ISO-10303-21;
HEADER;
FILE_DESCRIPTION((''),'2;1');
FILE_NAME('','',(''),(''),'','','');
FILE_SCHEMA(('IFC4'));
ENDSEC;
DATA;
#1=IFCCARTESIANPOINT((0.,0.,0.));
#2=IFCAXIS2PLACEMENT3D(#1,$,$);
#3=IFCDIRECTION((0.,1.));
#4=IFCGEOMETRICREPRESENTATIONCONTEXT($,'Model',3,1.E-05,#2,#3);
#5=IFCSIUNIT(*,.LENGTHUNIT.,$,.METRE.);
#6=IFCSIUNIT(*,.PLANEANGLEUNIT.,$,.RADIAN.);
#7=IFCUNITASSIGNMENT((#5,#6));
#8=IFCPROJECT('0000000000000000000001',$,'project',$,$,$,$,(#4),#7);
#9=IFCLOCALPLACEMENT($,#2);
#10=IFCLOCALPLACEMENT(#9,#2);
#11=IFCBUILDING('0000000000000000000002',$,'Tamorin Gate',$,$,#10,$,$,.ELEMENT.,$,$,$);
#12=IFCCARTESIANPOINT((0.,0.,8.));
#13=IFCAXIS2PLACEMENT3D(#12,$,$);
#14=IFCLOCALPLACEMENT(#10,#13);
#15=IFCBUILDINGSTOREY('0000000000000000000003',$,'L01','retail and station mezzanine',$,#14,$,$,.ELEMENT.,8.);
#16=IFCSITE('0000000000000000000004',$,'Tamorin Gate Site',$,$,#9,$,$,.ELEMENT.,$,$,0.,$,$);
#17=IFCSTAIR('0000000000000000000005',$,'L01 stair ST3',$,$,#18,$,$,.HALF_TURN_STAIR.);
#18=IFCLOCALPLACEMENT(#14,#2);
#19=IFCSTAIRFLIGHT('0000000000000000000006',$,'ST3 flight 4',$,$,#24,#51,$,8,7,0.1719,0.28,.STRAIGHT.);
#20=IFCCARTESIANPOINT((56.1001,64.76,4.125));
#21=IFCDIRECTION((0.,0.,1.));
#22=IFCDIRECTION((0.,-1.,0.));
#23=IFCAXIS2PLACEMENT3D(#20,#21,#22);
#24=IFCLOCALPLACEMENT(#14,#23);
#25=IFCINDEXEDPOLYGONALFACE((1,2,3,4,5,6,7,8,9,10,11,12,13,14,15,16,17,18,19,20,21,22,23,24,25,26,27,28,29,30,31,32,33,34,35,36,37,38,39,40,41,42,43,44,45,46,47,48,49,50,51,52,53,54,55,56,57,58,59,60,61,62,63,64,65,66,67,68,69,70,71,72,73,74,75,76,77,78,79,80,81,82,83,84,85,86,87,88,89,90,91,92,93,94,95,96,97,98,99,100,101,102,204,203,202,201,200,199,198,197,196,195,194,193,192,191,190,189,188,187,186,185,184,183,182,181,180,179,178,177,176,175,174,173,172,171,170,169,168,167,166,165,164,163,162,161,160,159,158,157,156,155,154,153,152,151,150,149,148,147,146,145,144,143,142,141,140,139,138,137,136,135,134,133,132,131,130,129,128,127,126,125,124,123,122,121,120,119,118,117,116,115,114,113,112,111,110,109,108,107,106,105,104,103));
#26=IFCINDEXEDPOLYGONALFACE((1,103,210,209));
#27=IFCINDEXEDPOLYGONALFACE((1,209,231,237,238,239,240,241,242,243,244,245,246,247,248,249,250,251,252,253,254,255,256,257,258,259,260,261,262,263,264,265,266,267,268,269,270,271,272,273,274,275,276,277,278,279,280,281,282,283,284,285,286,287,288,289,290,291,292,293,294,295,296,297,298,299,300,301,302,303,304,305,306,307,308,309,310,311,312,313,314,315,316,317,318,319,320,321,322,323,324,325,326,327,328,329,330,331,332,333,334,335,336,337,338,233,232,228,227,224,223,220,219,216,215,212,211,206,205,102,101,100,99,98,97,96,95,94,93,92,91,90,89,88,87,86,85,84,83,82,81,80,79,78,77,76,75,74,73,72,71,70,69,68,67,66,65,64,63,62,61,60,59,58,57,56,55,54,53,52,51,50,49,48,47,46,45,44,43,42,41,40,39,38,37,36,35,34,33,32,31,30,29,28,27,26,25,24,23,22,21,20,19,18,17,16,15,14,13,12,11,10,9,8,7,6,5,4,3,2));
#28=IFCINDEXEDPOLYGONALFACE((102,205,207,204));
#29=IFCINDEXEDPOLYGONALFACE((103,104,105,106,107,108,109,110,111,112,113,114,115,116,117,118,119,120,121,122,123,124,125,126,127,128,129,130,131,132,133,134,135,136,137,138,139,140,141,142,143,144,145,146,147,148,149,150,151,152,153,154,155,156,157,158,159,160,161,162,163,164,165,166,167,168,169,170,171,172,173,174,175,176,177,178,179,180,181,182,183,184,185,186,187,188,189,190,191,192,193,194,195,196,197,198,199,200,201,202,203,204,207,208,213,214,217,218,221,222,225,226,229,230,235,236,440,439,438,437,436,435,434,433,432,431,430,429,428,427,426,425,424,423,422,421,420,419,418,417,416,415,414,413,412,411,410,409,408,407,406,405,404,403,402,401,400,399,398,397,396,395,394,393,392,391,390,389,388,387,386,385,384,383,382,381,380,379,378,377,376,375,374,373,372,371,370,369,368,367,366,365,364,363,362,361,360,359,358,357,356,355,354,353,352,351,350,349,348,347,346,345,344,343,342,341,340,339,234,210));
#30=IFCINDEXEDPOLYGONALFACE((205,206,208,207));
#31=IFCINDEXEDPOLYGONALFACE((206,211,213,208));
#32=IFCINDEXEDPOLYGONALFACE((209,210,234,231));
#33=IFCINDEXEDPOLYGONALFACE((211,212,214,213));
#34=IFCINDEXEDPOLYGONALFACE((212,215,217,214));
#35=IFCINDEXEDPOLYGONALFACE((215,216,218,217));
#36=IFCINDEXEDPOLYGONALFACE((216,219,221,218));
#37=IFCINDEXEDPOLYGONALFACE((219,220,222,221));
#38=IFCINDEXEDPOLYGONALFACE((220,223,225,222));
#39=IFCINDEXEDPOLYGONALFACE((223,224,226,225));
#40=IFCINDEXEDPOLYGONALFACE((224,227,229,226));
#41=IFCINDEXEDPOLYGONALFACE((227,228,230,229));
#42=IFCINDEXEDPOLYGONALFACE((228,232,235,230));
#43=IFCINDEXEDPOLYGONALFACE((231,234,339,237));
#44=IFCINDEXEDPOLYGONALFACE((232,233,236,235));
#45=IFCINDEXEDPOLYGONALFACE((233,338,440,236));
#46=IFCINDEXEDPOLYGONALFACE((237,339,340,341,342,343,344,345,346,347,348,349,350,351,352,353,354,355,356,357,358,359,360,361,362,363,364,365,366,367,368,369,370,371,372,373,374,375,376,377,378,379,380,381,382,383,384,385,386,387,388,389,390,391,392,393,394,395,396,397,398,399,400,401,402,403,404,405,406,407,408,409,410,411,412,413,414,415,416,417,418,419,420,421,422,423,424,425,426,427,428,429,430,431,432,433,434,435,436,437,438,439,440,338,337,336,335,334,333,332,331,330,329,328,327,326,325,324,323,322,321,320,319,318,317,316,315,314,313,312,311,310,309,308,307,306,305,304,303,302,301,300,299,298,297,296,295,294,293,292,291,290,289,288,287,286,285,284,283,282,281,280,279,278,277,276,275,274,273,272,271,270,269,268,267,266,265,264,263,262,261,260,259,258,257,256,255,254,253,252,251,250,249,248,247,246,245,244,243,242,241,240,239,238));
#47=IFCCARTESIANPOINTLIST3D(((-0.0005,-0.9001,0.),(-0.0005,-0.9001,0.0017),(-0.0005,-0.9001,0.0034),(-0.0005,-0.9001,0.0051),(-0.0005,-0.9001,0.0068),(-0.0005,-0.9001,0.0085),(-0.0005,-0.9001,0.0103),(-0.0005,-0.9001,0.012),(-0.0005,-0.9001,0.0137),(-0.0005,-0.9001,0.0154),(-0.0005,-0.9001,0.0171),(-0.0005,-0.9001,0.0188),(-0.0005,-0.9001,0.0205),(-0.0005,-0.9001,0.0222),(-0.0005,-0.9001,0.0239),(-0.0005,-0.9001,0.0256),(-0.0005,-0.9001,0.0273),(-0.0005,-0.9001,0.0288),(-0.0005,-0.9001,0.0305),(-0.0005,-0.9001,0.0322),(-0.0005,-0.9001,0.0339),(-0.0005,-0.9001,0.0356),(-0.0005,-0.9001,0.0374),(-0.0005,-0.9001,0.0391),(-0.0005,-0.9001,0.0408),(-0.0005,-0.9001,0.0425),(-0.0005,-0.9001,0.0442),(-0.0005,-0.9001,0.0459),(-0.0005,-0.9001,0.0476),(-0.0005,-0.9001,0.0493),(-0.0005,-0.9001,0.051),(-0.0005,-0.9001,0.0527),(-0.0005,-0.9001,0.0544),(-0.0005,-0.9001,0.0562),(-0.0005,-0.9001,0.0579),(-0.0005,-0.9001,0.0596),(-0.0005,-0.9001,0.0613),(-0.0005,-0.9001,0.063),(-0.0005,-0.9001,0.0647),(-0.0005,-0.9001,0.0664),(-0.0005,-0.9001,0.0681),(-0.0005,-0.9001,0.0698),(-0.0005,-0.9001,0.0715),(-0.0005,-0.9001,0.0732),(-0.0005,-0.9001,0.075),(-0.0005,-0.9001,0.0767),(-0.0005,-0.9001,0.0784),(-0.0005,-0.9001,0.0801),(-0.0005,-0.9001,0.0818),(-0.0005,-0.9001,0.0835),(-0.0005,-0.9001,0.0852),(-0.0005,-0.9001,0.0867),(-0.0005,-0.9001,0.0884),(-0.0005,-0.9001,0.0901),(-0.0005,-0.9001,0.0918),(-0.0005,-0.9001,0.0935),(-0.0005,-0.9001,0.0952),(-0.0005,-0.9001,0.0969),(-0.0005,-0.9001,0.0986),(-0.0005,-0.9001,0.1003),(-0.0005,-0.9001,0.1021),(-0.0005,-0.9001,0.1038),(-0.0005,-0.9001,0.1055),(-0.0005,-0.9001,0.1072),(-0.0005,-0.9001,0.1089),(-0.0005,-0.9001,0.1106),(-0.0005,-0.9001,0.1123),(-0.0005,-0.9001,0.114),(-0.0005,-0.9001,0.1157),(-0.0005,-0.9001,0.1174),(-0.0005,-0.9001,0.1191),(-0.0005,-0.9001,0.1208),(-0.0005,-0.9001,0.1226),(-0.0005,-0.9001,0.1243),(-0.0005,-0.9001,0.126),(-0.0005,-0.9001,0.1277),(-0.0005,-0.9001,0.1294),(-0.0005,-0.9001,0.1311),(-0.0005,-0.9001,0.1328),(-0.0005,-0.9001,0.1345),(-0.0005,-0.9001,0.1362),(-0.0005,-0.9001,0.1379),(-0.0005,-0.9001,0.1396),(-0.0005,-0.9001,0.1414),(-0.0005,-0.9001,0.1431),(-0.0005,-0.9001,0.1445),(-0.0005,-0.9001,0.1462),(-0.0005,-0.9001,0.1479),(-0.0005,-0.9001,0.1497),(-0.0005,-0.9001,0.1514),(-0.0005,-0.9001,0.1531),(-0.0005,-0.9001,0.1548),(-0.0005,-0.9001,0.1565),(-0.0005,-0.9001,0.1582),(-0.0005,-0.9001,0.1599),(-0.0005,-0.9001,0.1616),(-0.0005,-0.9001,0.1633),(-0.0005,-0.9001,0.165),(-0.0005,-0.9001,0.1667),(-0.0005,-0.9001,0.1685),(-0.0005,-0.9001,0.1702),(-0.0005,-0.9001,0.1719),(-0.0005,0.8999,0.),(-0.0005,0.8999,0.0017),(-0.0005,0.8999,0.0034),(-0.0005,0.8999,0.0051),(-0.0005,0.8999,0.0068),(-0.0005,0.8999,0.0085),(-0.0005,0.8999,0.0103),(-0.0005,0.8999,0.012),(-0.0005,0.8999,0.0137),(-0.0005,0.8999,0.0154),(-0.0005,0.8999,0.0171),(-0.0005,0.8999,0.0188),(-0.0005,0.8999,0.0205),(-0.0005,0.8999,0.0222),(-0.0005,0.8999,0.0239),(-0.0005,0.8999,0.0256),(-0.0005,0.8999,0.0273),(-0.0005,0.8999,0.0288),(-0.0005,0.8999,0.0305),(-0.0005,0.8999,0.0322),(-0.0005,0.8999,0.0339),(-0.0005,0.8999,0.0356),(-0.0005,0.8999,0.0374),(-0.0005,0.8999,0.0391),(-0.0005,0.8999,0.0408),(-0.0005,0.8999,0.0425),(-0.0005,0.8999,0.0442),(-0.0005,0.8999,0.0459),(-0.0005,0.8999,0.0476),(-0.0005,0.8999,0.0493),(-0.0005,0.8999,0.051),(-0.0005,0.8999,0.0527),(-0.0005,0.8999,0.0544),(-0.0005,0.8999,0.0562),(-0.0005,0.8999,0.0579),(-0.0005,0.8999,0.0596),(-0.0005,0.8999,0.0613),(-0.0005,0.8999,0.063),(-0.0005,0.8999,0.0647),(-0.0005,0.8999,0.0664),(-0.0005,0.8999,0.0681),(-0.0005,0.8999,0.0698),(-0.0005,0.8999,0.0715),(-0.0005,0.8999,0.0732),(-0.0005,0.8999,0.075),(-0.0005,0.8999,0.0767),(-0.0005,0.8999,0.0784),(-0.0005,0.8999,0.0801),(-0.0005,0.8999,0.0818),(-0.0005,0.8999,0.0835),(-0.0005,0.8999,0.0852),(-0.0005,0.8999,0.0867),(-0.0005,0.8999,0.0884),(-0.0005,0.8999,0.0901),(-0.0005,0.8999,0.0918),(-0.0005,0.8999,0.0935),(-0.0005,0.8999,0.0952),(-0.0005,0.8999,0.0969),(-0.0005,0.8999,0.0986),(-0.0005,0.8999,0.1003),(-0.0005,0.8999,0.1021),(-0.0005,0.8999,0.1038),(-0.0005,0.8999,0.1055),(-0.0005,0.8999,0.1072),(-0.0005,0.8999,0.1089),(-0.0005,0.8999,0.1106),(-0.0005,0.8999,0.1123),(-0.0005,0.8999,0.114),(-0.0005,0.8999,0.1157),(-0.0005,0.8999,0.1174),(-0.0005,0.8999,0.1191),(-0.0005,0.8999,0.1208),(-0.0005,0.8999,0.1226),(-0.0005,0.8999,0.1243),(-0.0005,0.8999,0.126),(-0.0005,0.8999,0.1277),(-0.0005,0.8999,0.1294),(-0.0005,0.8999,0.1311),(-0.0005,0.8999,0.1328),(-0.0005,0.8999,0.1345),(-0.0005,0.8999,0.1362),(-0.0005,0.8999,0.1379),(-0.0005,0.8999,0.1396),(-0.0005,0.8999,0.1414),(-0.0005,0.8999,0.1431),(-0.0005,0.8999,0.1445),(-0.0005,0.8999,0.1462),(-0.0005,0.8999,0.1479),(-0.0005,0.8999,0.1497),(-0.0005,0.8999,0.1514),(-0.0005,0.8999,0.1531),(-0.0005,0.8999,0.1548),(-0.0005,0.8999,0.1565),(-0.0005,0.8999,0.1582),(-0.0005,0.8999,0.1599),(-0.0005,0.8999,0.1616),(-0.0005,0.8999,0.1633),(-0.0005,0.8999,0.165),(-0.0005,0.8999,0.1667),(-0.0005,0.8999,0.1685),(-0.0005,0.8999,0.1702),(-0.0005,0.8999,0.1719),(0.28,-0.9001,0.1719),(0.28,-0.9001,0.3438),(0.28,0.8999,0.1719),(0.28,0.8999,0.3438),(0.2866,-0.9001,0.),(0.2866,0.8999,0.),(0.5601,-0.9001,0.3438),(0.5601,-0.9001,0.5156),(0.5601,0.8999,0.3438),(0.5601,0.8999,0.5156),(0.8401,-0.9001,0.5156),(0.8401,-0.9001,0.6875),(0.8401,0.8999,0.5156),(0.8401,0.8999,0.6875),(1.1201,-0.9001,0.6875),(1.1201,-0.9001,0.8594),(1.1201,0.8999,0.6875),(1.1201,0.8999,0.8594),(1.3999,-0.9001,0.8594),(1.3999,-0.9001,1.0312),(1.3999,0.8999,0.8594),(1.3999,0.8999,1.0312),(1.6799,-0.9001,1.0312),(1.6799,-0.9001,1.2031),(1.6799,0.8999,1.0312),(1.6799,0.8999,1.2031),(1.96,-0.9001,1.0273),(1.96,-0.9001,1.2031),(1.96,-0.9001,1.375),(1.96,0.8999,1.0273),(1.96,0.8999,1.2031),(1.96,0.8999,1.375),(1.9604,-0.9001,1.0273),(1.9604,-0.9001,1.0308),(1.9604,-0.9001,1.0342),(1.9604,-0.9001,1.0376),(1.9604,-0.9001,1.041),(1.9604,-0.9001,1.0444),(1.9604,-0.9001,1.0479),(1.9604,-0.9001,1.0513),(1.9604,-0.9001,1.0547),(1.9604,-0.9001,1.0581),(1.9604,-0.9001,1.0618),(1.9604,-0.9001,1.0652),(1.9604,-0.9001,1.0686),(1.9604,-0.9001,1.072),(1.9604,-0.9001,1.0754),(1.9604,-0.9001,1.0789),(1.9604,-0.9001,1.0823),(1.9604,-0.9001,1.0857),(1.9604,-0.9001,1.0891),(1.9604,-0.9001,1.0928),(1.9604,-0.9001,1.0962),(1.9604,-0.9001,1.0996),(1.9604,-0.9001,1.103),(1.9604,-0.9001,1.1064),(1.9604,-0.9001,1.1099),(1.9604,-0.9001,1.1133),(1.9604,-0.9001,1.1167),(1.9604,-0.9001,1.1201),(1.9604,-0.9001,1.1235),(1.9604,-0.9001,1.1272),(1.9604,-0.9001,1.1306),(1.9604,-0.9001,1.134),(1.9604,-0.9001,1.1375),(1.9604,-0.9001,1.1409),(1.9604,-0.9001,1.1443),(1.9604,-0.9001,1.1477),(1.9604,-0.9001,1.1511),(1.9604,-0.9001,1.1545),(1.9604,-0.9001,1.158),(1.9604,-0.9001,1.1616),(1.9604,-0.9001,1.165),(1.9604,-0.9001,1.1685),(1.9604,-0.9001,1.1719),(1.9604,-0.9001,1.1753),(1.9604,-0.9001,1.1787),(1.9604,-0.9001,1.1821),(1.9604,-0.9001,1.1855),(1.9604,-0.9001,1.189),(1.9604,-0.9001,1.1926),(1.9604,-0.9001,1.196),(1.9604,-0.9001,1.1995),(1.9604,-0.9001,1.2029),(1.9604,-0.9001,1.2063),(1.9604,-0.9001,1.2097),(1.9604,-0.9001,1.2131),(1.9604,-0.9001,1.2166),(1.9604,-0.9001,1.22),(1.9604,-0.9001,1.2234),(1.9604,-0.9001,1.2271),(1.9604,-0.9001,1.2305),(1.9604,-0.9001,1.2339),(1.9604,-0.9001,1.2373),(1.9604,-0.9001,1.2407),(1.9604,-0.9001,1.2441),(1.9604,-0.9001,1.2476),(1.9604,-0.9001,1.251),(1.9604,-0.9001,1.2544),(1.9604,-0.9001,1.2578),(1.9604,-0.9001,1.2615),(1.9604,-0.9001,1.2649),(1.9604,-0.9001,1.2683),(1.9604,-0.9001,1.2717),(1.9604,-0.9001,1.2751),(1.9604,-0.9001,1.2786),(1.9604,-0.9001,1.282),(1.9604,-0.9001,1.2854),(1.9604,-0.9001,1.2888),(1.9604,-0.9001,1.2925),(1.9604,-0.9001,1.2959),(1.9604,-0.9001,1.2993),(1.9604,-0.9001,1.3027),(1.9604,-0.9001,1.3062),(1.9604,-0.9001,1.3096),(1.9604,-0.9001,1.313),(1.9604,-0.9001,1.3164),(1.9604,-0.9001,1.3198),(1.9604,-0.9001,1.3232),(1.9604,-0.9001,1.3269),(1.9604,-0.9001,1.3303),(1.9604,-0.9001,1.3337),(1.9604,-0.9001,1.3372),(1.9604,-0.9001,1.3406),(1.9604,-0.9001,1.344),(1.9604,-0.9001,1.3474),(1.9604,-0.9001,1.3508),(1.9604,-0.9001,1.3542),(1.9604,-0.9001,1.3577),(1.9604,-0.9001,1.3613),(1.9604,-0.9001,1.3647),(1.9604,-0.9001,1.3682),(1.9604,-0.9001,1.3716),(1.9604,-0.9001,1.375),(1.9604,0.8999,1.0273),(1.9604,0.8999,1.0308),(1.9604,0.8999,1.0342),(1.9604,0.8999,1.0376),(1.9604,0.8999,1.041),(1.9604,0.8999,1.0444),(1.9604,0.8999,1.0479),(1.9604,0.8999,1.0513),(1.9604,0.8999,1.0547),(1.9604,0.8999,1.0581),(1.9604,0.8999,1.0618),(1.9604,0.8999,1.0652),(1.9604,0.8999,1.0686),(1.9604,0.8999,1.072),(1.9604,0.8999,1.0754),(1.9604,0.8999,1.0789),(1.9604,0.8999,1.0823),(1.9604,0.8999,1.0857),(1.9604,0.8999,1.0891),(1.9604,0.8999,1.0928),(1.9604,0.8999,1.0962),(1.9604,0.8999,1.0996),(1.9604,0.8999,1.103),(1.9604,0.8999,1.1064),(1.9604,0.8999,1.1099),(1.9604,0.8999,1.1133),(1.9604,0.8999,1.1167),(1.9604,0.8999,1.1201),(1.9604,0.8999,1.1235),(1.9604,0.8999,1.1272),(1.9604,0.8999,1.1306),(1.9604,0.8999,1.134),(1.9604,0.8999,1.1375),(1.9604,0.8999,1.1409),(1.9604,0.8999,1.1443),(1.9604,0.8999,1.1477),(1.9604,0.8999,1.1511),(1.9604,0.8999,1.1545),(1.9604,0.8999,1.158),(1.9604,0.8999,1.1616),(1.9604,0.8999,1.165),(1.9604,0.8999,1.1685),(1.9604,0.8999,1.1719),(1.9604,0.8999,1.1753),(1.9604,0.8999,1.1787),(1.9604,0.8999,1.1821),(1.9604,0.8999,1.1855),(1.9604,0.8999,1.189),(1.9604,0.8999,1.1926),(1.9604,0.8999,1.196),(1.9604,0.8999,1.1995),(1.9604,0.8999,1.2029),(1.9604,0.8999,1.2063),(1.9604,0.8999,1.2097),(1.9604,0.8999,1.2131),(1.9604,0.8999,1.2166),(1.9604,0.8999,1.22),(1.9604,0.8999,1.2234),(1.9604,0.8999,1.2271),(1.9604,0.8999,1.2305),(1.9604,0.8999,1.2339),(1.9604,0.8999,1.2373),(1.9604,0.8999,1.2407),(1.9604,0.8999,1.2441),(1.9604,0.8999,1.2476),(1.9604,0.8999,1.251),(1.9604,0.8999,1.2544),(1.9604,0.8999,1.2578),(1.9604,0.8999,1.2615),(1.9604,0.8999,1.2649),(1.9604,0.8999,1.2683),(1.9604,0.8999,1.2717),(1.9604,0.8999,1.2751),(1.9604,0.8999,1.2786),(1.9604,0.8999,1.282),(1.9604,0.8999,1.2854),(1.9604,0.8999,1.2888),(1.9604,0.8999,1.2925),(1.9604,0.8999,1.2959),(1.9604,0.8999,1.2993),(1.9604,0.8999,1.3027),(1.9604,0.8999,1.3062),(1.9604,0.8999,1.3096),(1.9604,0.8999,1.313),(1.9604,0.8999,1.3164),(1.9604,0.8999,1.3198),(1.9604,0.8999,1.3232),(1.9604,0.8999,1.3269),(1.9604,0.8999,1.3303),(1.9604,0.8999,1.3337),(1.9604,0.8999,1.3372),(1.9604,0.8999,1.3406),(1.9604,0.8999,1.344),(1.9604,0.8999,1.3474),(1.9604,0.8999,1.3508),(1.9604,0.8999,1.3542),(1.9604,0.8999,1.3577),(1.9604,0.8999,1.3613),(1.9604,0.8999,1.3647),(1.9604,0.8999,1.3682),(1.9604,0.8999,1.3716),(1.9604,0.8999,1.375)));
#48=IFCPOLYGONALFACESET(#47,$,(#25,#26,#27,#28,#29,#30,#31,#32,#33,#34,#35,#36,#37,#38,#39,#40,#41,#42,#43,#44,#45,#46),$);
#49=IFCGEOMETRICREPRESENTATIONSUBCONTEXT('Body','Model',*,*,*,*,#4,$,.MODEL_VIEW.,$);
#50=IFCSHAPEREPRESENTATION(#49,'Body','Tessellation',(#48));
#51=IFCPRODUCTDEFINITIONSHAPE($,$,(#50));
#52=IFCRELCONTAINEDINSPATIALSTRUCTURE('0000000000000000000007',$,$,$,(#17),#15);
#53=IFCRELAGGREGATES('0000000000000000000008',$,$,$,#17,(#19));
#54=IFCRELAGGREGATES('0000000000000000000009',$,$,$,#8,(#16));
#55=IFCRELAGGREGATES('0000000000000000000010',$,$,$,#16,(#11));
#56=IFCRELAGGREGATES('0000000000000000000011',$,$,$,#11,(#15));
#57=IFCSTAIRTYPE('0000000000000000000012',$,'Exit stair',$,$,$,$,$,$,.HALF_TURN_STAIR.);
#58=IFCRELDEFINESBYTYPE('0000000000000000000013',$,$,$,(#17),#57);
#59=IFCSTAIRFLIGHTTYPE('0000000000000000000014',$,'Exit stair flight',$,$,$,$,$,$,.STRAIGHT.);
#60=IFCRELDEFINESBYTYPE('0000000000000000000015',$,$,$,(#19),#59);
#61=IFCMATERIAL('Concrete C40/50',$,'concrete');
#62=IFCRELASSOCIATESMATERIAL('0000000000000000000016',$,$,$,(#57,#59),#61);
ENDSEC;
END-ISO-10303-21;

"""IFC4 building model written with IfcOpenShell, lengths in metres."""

from ifc_helpers import new_model, si_unit, direction, frame, origin, place, context, subcontext, project, spatial, polyline, outline, extrude, material, type_object, element, aggregate, save


model = new_model("IFC4")

# Units and contexts
model_context = context("Model", 3, precision=1e-05, world=origin(), true_north=direction((0.0, 1.0)))
body_context = subcontext(model_context, "Body", "Model", "MODEL_VIEW")
ifc_project = project(units=[si_unit("LENGTHUNIT", "METRE"), si_unit("PLANEANGLEUNIT", "RADIAN")], contexts=[model_context])

# Site, building, storey
site_placement = place(None, origin())
site = spatial("IfcSite", under=ifc_project, at=site_placement, Name="Tamorin Gate Site", CompositionType="ELEMENT", RefElevation=0.0)
building_placement = place(site_placement, origin())
building = spatial("IfcBuilding", under=site, at=building_placement, Name="Tamorin Gate", CompositionType="ELEMENT")
storey_placement = place(building_placement, frame((0.0, 0.0, 8.0)))
storey = spatial("IfcBuildingStorey", under=building, at=storey_placement, Name="L01", Description="retail and station mezzanine", CompositionType="ELEMENT", Elevation=8.0)

# Shared definitions
ifc_material_1 = material(Name="Concrete C40/50", Category="concrete")

# Stair, stair flight
stair_type = type_object("IfcStairType", Name="Exit stair", PredefinedType="HALF_TURN_STAIR", material=ifc_material_1)
stair_placement = place(storey_placement, origin())
stair = element("IfcStair", 1, at=stair_placement, inside=storey, type_object=stair_type, Name="L01 stair ST3", PredefinedType="HALF_TURN_STAIR")
stair_flight_type = type_object("IfcStairFlightType", Name="Exit stair flight", PredefinedType="STRAIGHT", material=ifc_material_1)
stair_flight_1_placement = place(storey_placement, frame((56.1001, 64.76, 4.125), z_axis=(0.0, 0.0, 1.0), x_axis=(0.0, -1.0, 0.0)))
stair_flight_1 = element("IfcStairFlight", 2, at=stair_flight_1_placement, type_object=stair_flight_type, Name="ST3 flight 4", NumberOfRisers=8, NumberOfTreads=7, PredefinedType="STRAIGHT", RiserHeight=0.1719, TreadLength=0.28, context=body_context, shape_type="SweptSolid", body=[
    extrude(outline(polyline([(-0.0005, 0.0), (-0.0005, 0.0017), (-0.0005, 0.0034), (-0.0005, 0.0051), (-0.0005, 0.0068), (-0.0005, 0.0085), (-0.0005, 0.0103), (-0.0005, 0.012), (-0.0005, 0.0137), (-0.0005, 0.0154), (-0.0005, 0.0171), (-0.0005, 0.0188), (-0.0005, 0.0205), (-0.0005, 0.0222), (-0.0005, 0.0239), (-0.0005, 0.0256), (-0.0005, 0.0273), (-0.0005, 0.0288), (-0.0005, 0.0305), (-0.0005, 0.0322), (-0.0005, 0.0339), (-0.0005, 0.0356), (-0.0005, 0.0374), (-0.0005, 0.0391), (-0.0005, 0.0408), (-0.0005, 0.0425), (-0.0005, 0.0442), (-0.0005, 0.0459), (-0.0005, 0.0476), (-0.0005, 0.0493), (-0.0005, 0.051), (-0.0005, 0.0527), (-0.0005, 0.0544), (-0.0005, 0.0562), (-0.0005, 0.0579), (-0.0005, 0.0596), (-0.0005, 0.0613), (-0.0005, 0.063), (-0.0005, 0.0647), (-0.0005, 0.0664), (-0.0005, 0.0681), (-0.0005, 0.0698), (-0.0005, 0.0715), (-0.0005, 0.0732), (-0.0005, 0.075), (-0.0005, 0.0767), (-0.0005, 0.0784), (-0.0005, 0.0801), (-0.0005, 0.0818), (-0.0005, 0.0835), (-0.0005, 0.0852), (-0.0005, 0.0867), (-0.0005, 0.0884), (-0.0005, 0.0901), (-0.0005, 0.0918), (-0.0005, 0.0935), (-0.0005, 0.0952), (-0.0005, 0.0969), (-0.0005, 0.0986), (-0.0005, 0.1003), (-0.0005, 0.1021), (-0.0005, 0.1038), (-0.0005, 0.1055), (-0.0005, 0.1072), (-0.0005, 0.1089), (-0.0005, 0.1106), (-0.0005, 0.1123), (-0.0005, 0.114), (-0.0005, 0.1157), (-0.0005, 0.1174), (-0.0005, 0.1191), (-0.0005, 0.1208), (-0.0005, 0.1226), (-0.0005, 0.1243), (-0.0005, 0.126), (-0.0005, 0.1277), (-0.0005, 0.1294), (-0.0005, 0.1311), (-0.0005, 0.1328), (-0.0005, 0.1345), (-0.0005, 0.1362), (-0.0005, 0.1379), (-0.0005, 0.1396), (-0.0005, 0.1414), (-0.0005, 0.1431), (-0.0005, 0.1445), (-0.0005, 0.1462), (-0.0005, 0.1479), (-0.0005, 0.1497), (-0.0005, 0.1514), (-0.0005, 0.1531), (-0.0005, 0.1548), (-0.0005, 0.1565), (-0.0005, 0.1582), (-0.0005, 0.1599), (-0.0005, 0.1616), (-0.0005, 0.1633), (-0.0005, 0.165), (-0.0005, 0.1667), (-0.0005, 0.1685), (-0.0005, 0.1702), (-0.0005, 0.1719), (0.28, 0.1719), (0.28, 0.3438), (0.5601, 0.3438), (0.5601, 0.5156), (0.8401, 0.5156), (0.8401, 0.6875), (1.1201, 0.6875), (1.1201, 0.8594), (1.3999, 0.8594), (1.3999, 1.0312), (1.6799, 1.0312), (1.6799, 1.2031), (1.96, 1.2031), (1.96, 1.375), (1.9604, 1.375), (1.9604, 1.3716), (1.9604, 1.3682), (1.9604, 1.3647), (1.9604, 1.3613), (1.9604, 1.3577), (1.9604, 1.3542), (1.9604, 1.3508), (1.9604, 1.3474), (1.9604, 1.344), (1.9604, 1.3406), (1.9604, 1.3372), (1.9604, 1.3337), (1.9604, 1.3303), (1.9604, 1.3269), (1.9604, 1.3232), (1.9604, 1.3198), (1.9604, 1.3164), (1.9604, 1.313), (1.9604, 1.3096), (1.9604, 1.3062), (1.9604, 1.3027), (1.9604, 1.2993), (1.9604, 1.2959), (1.9604, 1.2925), (1.9604, 1.2888), (1.9604, 1.2854), (1.9604, 1.282), (1.9604, 1.2786), (1.9604, 1.2751), (1.9604, 1.2717), (1.9604, 1.2683), (1.9604, 1.2649), (1.9604, 1.2615), (1.9604, 1.2578), (1.9604, 1.2544), (1.9604, 1.251), (1.9604, 1.2476), (1.9604, 1.2441), (1.9604, 1.2407), (1.9604, 1.2373), (1.9604, 1.2339), (1.9604, 1.2305), (1.9604, 1.2271), (1.9604, 1.2234), (1.9604, 1.22), (1.9604, 1.2166), (1.9604, 1.2131), (1.9604, 1.2097), (1.9604, 1.2063), (1.9604, 1.2029), (1.9604, 1.1995), (1.9604, 1.196), (1.9604, 1.1926), (1.9604, 1.189), (1.9604, 1.1855), (1.9604, 1.1821), (1.9604, 1.1787), (1.9604, 1.1753), (1.9604, 1.1719), (1.9604, 1.1685), (1.9604, 1.165), (1.9604, 1.1616), (1.9604, 1.158), (1.9604, 1.1545), (1.9604, 1.1511), (1.9604, 1.1477), (1.9604, 1.1443), (1.9604, 1.1409), (1.9604, 1.1375), (1.9604, 1.134), (1.9604, 1.1306), (1.9604, 1.1272), (1.9604, 1.1235), (1.9604, 1.1201), (1.9604, 1.1167), (1.9604, 1.1133), (1.9604, 1.1099), (1.9604, 1.1064), (1.9604, 1.103), (1.9604, 1.0996), (1.9604, 1.0962), (1.9604, 1.0928), (1.9604, 1.0891), (1.9604, 1.0857), (1.9604, 1.0823), (1.9604, 1.0789), (1.9604, 1.0754), (1.9604, 1.072), (1.9604, 1.0686), (1.9604, 1.0652), (1.9604, 1.0618), (1.9604, 1.0581), (1.9604, 1.0547), (1.9604, 1.0513), (1.9604, 1.0479), (1.9604, 1.0444), (1.9604, 1.041), (1.9604, 1.0376), (1.9604, 1.0342), (1.9604, 1.0308), (1.9604, 1.0273), (1.96, 1.0273), (0.2866, 0.0), (-0.0005, 0.0)])), frame((0.0, 0.8999, 0.0), z_axis=(0.0, -1.0, 0.0), x_axis=(1.0, 0.0, 0.0)), (0.0, 0.0, 1.0), 1.8),
])
aggregate(stair, [stair_flight_1])

save(model, "model.ifc")
